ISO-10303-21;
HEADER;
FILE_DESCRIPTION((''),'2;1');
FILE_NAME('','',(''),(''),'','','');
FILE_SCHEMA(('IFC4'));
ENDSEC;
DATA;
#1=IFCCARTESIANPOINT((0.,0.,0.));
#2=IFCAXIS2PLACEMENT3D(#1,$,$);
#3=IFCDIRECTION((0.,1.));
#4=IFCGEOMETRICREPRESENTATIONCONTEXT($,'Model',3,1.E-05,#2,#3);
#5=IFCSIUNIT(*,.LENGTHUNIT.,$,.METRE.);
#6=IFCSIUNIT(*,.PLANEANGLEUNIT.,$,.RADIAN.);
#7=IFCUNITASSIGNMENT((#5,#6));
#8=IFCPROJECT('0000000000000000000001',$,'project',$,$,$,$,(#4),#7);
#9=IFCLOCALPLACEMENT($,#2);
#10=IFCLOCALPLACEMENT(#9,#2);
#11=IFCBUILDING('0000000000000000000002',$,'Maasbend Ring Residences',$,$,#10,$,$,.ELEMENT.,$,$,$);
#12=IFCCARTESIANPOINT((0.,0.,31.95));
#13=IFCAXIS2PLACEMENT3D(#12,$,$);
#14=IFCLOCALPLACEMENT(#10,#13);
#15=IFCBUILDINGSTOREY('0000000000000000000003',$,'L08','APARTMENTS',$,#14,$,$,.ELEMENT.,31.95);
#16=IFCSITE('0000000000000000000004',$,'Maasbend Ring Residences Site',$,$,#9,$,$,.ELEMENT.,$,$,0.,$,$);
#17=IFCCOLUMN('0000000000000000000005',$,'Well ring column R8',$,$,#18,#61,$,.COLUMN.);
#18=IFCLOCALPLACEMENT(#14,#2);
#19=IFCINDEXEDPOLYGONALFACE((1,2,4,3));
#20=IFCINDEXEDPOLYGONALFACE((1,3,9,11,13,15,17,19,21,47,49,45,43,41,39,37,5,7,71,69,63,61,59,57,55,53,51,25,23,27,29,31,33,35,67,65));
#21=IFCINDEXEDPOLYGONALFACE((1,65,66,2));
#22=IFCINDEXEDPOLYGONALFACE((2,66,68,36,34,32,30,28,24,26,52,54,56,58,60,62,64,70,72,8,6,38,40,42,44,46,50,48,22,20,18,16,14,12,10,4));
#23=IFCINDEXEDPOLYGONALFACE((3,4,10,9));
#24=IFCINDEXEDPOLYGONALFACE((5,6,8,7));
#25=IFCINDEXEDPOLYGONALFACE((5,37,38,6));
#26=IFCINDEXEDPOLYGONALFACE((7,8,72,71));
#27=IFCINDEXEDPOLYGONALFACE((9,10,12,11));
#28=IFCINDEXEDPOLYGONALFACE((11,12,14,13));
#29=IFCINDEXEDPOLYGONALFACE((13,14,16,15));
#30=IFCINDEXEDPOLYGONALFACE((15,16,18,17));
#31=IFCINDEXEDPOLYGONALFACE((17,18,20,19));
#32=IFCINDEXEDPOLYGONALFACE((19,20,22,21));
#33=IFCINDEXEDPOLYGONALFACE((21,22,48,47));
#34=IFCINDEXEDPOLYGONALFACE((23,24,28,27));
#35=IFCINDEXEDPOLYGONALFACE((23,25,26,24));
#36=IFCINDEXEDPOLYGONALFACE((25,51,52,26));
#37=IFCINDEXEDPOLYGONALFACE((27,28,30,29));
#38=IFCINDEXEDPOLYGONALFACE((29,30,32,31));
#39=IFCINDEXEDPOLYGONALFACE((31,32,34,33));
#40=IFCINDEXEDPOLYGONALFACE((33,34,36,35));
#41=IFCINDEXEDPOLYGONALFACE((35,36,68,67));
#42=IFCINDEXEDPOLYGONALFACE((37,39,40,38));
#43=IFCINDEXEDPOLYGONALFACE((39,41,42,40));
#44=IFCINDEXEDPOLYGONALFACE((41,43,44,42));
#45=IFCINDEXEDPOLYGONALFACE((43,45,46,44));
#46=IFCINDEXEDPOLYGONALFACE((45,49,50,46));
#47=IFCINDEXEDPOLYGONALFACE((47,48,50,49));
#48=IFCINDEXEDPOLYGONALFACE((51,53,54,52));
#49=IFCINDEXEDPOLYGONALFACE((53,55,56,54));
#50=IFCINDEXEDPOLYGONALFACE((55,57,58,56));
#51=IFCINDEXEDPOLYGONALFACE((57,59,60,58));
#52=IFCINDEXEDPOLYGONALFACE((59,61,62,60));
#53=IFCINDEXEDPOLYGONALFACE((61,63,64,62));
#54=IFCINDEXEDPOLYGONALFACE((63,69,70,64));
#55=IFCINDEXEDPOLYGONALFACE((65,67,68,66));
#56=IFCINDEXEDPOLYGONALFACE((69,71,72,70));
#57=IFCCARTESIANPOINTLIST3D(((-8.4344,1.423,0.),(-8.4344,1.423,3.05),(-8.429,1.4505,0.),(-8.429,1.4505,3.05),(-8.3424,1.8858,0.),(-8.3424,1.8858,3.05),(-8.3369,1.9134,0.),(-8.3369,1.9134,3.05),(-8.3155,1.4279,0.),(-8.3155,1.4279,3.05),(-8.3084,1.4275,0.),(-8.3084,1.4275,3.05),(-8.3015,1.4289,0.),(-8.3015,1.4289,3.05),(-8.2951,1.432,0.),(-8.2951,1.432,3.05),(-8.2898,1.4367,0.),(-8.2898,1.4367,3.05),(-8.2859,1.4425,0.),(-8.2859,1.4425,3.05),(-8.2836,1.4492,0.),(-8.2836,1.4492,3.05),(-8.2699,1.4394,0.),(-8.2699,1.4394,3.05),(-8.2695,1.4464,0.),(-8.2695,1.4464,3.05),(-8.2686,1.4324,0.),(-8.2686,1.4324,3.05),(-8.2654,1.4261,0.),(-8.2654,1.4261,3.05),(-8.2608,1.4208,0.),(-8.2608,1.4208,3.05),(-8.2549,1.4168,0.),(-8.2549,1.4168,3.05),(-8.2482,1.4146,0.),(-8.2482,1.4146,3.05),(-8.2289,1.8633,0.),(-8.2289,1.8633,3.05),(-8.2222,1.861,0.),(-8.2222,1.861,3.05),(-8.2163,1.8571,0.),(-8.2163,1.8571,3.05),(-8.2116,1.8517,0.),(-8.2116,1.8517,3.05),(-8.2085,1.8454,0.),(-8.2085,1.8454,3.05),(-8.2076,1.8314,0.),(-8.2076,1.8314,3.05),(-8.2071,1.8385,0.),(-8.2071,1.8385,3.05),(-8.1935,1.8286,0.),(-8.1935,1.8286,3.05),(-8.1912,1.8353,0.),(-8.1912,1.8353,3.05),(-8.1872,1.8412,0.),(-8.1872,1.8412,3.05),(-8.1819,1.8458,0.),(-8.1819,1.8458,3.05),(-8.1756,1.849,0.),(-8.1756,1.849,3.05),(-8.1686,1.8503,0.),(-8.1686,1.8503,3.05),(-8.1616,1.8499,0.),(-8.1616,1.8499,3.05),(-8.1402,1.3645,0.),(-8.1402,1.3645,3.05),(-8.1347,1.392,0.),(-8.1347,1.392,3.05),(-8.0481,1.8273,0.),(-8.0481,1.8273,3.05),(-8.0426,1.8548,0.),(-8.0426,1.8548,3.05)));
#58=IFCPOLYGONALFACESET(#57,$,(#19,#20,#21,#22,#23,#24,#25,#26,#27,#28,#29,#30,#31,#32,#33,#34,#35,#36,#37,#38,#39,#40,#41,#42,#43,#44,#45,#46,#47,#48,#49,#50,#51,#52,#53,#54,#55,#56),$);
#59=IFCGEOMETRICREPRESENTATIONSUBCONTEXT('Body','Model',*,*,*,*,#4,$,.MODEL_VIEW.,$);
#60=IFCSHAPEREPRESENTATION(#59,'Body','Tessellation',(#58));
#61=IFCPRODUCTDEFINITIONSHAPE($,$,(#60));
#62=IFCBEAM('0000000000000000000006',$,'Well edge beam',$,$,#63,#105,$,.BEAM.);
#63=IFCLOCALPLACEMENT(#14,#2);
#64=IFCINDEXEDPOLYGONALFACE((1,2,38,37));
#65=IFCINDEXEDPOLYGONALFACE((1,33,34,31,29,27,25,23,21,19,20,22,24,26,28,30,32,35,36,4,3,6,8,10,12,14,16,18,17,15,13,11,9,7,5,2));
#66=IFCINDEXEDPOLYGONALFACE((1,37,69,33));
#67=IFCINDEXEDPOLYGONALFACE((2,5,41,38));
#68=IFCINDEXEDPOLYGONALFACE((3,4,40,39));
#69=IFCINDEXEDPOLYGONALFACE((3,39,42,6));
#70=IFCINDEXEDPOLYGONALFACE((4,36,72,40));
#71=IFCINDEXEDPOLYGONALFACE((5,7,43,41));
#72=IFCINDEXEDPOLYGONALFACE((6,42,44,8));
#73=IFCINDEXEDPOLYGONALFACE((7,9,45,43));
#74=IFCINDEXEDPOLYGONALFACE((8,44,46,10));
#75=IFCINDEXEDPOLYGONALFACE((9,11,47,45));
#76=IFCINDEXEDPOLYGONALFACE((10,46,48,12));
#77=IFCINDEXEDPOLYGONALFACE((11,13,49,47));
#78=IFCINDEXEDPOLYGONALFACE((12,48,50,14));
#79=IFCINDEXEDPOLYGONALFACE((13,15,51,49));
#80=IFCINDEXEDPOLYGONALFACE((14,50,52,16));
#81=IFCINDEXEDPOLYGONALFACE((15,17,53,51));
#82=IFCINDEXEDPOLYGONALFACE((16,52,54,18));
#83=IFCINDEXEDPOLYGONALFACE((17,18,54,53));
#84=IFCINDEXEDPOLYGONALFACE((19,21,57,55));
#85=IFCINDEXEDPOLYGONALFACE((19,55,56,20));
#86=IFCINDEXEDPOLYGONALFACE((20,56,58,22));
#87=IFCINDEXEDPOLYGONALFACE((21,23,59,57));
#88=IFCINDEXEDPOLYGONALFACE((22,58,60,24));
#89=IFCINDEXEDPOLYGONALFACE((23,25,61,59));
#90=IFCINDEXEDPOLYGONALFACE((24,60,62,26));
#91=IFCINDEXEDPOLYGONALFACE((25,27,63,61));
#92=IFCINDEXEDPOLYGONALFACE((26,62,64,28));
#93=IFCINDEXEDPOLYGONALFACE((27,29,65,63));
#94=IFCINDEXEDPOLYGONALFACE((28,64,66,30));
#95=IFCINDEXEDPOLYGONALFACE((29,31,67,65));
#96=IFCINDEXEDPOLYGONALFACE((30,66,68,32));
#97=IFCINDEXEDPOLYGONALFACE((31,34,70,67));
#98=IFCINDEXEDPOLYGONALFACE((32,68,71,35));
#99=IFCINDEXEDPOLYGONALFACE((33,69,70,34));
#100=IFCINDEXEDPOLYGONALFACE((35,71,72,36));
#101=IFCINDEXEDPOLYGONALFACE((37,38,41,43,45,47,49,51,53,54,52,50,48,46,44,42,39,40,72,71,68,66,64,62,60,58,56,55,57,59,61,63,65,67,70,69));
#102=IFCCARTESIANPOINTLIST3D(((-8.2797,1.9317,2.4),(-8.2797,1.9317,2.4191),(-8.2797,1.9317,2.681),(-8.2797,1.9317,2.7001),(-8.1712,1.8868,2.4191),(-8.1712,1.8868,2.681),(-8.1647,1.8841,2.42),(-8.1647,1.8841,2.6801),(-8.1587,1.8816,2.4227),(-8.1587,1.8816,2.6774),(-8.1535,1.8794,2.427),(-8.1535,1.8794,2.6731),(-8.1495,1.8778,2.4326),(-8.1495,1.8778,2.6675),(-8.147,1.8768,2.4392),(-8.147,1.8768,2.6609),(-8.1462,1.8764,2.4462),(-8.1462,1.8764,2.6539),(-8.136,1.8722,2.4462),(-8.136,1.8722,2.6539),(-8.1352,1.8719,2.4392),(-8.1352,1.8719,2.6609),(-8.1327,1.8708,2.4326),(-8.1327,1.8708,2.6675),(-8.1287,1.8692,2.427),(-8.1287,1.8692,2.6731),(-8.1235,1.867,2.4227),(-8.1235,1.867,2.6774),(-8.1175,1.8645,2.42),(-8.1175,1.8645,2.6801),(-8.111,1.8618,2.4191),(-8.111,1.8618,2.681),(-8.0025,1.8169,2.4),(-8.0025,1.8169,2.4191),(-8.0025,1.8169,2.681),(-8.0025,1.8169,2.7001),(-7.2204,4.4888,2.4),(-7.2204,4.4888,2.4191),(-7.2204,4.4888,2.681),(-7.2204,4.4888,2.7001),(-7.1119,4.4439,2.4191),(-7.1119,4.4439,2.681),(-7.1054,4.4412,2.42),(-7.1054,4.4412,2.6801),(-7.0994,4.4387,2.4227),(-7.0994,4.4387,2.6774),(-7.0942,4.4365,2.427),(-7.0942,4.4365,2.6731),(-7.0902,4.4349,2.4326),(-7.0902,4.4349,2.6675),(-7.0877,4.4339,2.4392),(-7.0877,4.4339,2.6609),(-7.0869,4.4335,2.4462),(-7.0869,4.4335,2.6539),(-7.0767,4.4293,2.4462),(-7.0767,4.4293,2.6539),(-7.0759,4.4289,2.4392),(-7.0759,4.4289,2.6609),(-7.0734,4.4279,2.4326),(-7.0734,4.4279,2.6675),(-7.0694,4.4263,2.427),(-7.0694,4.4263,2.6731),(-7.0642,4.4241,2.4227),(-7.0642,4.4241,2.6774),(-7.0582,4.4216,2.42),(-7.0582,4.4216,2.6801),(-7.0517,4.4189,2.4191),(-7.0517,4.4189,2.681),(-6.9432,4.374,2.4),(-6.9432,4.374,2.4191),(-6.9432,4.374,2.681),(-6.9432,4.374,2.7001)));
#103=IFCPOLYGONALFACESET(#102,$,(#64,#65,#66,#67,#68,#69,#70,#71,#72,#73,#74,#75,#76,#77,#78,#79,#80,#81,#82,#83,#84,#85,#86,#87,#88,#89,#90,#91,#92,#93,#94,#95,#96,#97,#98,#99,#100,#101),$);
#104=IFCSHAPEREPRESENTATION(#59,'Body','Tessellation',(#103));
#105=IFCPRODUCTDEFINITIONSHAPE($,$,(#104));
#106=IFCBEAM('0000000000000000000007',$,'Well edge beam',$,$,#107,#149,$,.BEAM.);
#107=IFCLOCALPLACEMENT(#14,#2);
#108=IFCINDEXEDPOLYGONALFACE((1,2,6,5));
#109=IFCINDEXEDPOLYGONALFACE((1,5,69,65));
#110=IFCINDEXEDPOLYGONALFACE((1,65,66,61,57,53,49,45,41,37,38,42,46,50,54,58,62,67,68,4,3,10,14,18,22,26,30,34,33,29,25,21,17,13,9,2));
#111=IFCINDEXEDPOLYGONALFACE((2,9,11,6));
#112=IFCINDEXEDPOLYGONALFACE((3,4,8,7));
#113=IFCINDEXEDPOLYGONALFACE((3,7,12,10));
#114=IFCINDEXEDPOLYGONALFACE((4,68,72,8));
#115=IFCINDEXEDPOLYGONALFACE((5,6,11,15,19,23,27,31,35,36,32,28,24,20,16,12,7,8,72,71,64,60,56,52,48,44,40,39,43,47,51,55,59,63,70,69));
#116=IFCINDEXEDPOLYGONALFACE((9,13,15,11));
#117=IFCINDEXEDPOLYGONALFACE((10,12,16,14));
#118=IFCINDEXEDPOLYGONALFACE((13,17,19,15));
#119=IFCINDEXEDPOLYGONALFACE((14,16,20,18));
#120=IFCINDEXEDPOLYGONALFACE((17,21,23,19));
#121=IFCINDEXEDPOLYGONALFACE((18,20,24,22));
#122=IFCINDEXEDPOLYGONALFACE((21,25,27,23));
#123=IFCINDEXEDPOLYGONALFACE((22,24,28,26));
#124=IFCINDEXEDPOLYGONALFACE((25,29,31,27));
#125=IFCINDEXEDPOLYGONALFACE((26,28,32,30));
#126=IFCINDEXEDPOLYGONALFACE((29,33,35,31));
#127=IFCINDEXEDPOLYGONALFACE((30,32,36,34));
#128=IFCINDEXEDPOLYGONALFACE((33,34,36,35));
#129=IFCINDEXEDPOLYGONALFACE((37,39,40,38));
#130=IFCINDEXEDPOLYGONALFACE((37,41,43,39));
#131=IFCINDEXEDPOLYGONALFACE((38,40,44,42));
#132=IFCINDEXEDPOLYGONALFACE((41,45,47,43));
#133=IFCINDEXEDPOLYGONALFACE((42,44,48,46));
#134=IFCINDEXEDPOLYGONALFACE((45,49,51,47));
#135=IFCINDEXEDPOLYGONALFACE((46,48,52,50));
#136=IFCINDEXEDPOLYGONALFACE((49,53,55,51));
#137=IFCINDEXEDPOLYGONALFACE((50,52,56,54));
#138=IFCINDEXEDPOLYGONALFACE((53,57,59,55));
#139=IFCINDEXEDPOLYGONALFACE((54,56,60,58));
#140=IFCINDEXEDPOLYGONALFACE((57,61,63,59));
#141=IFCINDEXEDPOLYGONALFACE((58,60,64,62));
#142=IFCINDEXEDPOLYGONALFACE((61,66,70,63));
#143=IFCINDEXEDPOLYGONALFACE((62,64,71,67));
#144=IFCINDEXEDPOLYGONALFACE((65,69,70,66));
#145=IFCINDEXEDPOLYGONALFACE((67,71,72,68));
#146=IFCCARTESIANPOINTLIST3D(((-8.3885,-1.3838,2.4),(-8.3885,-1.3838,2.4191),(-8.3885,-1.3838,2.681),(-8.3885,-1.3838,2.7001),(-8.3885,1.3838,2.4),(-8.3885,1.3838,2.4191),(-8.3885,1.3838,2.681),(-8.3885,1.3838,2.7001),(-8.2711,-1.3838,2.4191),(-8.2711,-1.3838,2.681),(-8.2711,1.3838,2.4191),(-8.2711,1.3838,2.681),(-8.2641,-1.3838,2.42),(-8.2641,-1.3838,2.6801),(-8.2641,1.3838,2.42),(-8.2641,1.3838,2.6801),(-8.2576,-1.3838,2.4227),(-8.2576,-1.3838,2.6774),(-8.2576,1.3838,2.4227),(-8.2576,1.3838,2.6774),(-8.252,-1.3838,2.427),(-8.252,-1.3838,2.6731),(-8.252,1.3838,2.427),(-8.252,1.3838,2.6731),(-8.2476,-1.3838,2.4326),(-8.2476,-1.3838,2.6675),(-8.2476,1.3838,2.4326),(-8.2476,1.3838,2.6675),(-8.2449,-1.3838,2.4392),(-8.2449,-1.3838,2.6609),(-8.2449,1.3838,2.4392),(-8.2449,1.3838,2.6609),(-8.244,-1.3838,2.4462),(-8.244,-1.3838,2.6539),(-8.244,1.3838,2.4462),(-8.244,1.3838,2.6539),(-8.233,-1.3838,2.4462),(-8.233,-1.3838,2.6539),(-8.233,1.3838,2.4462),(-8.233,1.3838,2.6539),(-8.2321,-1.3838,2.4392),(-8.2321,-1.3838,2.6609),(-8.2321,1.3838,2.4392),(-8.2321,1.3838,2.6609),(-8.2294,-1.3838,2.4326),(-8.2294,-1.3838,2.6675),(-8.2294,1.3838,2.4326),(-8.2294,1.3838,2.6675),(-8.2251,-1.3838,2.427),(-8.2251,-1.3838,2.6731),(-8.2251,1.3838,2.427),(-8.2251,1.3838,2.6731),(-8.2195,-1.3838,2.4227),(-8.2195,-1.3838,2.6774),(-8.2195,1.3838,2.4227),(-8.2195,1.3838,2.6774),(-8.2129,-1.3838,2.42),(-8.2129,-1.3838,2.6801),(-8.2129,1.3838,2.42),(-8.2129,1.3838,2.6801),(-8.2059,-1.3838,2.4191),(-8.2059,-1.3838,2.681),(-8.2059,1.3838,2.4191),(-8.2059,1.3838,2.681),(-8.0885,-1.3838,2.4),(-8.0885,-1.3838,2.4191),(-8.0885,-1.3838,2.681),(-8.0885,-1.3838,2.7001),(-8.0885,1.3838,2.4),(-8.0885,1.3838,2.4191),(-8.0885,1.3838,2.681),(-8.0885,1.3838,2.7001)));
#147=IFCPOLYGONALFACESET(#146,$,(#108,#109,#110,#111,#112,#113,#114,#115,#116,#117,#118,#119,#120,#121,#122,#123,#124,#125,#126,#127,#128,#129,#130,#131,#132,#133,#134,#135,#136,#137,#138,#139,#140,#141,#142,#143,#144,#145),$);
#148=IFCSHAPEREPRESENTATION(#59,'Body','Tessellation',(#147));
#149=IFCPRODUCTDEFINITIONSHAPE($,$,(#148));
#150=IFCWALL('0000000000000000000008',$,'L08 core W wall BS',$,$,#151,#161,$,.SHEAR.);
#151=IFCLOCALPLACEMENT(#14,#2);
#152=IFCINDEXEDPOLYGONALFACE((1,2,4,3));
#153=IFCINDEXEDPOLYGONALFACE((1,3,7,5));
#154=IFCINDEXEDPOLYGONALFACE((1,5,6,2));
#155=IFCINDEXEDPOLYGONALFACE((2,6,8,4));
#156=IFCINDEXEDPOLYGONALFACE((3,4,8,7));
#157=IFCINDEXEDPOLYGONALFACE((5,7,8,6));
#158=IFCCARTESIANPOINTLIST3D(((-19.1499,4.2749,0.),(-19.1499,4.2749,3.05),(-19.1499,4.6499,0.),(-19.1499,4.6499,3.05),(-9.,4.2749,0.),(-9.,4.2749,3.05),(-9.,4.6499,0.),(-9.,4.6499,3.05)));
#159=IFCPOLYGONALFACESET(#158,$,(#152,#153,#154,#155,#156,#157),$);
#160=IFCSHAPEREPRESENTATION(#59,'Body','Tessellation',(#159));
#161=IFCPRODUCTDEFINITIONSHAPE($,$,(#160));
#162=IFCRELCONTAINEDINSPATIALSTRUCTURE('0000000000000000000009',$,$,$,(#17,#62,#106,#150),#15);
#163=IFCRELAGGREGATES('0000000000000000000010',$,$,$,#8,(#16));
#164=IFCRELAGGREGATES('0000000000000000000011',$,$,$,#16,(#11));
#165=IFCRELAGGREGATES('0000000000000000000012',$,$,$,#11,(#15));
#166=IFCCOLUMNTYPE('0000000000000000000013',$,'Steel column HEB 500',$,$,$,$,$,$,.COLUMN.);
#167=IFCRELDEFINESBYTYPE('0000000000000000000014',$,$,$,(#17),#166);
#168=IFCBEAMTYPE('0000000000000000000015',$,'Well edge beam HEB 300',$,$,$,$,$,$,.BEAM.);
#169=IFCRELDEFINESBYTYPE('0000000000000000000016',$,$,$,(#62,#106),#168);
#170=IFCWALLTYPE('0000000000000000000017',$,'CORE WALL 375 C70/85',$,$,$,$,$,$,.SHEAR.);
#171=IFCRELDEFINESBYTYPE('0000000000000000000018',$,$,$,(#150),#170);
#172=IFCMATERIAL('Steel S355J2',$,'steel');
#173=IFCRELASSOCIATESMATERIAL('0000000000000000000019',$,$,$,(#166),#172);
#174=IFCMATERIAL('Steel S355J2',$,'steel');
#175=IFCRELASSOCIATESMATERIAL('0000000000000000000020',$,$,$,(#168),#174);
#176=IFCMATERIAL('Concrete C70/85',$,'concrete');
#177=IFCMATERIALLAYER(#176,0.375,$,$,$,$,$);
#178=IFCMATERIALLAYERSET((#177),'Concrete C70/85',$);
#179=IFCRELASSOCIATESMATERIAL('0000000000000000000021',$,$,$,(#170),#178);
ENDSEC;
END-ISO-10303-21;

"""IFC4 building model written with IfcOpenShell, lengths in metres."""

from ifc_helpers import new_model, si_unit, direction, frame, frame_2d, origin, origin_2d, place, context, subcontext, project, spatial, rectangle, i_section, extrude, material, layer, layer_set, material_profile, profile_set, type_object, element, save


model = new_model("IFC4")

# Units and contexts
model_context = context("Model", 3, precision=1e-05, world=origin(), true_north=direction((0.0, 1.0)))
body_context = subcontext(model_context, "Body", "Model", "MODEL_VIEW")
ifc_project = project(units=[si_unit("LENGTHUNIT", "METRE"), si_unit("PLANEANGLEUNIT", "RADIAN")], contexts=[model_context])

# Site, building, storey
site_placement = place(None, origin())
site = spatial("IfcSite", under=ifc_project, at=site_placement, Name="Maasbend Ring Residences Site", CompositionType="ELEMENT", RefElevation=0.0)
building_placement = place(site_placement, origin())
building = spatial("IfcBuilding", under=site, at=building_placement, Name="Maasbend Ring Residences", CompositionType="ELEMENT")
storey_placement = place(building_placement, frame((0.0, 0.0, 31.95)))
storey = spatial("IfcBuildingStorey", under=building, at=storey_placement, Name="L08", Description="APARTMENTS", CompositionType="ELEMENT", Elevation=31.95)

# Column
ifc_material_1 = material(Name="Steel S355J2", Category="steel")
ifc_material_profile_1 = material_profile(ifc_material_1, i_section(OverallWidth=0.3, OverallDepth=0.5, WebThickness=0.0144, FlangeThickness=0.0281, FilletRadius=0.0271, at=origin_2d()), Name="HEB 500")
ifc_profile_set_1 = profile_set([ifc_material_profile_1], Name="Steel S355J2")
column_type = type_object("IfcColumnType", Name="Steel column HEB 500", PredefinedType="COLUMN", material=ifc_profile_set_1)
column_placement = place(storey_placement, frame((-8.2385, 1.6389, 0.0), z_axis=(0.0, 0.0, 1.0), x_axis=(-0.980785, 0.19509, 0.0)))
element("IfcColumn", 1, at=column_placement, inside=storey, type_object=column_type, Name="Well ring column R8", PredefinedType="COLUMN", context=body_context, shape_type="SweptSolid", body=[
    extrude(i_section(OverallWidth=0.3, OverallDepth=0.5, WebThickness=0.0144, FlangeThickness=0.0281, FilletRadius=0.0271, at=origin_2d()), origin(), (0.0, 0.0, 1.0), 3.05),
])

# Beams
ifc_material_2 = material(Name="Steel S355J2", Category="steel")
ifc_material_profile_2 = material_profile(ifc_material_2, i_section(OverallWidth=0.3, OverallDepth=0.3, WebThickness=0.011, FlangeThickness=0.019, FilletRadius=0.0271, at=origin_2d()), Name="HEB 300")
ifc_profile_set_2 = profile_set([ifc_material_profile_2], Name="Steel S355J2")
beam_type = type_object("IfcBeamType", Name="Well edge beam HEB 300", PredefinedType="BEAM", material=ifc_profile_set_2)
beam_1_placement = place(storey_placement, frame((-7.0818, 4.4314, 2.55), z_axis=(-0.382723, -0.923863, 0.0), x_axis=(0.923863, -0.382723, 0.0)))
element("IfcBeam", 2, at=beam_1_placement, inside=storey, type_object=beam_type, Name="Well edge beam", PredefinedType="BEAM", context=body_context, shape_type="SweptSolid", body=[
    extrude(i_section(OverallWidth=0.3, OverallDepth=0.3, WebThickness=0.011, FlangeThickness=0.019, FilletRadius=0.0271, at=origin_2d()), origin(), (0.0, 0.0, 1.0), 2.7678),
])
beam_2_placement = place(storey_placement, frame((-8.2385, 1.3838, 2.55), z_axis=(0.0, -1.0, 0.0), x_axis=(1.0, 0.0, 0.0)))
element("IfcBeam", 3, at=beam_2_placement, inside=storey, type_object=beam_type, Name="Well edge beam", PredefinedType="BEAM", context=body_context, shape_type="SweptSolid", body=[
    extrude(i_section(OverallWidth=0.3, OverallDepth=0.3, WebThickness=0.011, FlangeThickness=0.019, FilletRadius=0.0271, at=origin_2d()), origin(), (0.0, 0.0, 1.0), 2.7676),
])

# Wall
ifc_material_3 = material(Name="Concrete C70/85", Category="concrete")
ifc_layer_1 = layer(ifc_material_3, 0.375)
ifc_layer_set_1 = layer_set([ifc_layer_1], Name="Concrete C70/85")
wall_type_1 = type_object("IfcWallType", Name="CORE WALL 375 C70/85", PredefinedType="SHEAR", material=ifc_layer_set_1)
wall_1_placement = place(storey_placement, frame((-9.0, 4.4624, 0.0), z_axis=(0.0, 0.0, 1.0), x_axis=(-1.0, 0.0, 0.0)))
element("IfcWall", 4, at=wall_1_placement, inside=storey, type_object=wall_type_1, Name="L08 core W wall BS", PredefinedType="SHEAR", context=body_context, shape_type="SweptSolid", body=[
    extrude(rectangle(XDim=10.1499, YDim=0.375, at=frame_2d((5.075, 0.0))), origin(), (0.0, 0.0, 1.0), 3.05),
])

save(model, "model.ifc")
